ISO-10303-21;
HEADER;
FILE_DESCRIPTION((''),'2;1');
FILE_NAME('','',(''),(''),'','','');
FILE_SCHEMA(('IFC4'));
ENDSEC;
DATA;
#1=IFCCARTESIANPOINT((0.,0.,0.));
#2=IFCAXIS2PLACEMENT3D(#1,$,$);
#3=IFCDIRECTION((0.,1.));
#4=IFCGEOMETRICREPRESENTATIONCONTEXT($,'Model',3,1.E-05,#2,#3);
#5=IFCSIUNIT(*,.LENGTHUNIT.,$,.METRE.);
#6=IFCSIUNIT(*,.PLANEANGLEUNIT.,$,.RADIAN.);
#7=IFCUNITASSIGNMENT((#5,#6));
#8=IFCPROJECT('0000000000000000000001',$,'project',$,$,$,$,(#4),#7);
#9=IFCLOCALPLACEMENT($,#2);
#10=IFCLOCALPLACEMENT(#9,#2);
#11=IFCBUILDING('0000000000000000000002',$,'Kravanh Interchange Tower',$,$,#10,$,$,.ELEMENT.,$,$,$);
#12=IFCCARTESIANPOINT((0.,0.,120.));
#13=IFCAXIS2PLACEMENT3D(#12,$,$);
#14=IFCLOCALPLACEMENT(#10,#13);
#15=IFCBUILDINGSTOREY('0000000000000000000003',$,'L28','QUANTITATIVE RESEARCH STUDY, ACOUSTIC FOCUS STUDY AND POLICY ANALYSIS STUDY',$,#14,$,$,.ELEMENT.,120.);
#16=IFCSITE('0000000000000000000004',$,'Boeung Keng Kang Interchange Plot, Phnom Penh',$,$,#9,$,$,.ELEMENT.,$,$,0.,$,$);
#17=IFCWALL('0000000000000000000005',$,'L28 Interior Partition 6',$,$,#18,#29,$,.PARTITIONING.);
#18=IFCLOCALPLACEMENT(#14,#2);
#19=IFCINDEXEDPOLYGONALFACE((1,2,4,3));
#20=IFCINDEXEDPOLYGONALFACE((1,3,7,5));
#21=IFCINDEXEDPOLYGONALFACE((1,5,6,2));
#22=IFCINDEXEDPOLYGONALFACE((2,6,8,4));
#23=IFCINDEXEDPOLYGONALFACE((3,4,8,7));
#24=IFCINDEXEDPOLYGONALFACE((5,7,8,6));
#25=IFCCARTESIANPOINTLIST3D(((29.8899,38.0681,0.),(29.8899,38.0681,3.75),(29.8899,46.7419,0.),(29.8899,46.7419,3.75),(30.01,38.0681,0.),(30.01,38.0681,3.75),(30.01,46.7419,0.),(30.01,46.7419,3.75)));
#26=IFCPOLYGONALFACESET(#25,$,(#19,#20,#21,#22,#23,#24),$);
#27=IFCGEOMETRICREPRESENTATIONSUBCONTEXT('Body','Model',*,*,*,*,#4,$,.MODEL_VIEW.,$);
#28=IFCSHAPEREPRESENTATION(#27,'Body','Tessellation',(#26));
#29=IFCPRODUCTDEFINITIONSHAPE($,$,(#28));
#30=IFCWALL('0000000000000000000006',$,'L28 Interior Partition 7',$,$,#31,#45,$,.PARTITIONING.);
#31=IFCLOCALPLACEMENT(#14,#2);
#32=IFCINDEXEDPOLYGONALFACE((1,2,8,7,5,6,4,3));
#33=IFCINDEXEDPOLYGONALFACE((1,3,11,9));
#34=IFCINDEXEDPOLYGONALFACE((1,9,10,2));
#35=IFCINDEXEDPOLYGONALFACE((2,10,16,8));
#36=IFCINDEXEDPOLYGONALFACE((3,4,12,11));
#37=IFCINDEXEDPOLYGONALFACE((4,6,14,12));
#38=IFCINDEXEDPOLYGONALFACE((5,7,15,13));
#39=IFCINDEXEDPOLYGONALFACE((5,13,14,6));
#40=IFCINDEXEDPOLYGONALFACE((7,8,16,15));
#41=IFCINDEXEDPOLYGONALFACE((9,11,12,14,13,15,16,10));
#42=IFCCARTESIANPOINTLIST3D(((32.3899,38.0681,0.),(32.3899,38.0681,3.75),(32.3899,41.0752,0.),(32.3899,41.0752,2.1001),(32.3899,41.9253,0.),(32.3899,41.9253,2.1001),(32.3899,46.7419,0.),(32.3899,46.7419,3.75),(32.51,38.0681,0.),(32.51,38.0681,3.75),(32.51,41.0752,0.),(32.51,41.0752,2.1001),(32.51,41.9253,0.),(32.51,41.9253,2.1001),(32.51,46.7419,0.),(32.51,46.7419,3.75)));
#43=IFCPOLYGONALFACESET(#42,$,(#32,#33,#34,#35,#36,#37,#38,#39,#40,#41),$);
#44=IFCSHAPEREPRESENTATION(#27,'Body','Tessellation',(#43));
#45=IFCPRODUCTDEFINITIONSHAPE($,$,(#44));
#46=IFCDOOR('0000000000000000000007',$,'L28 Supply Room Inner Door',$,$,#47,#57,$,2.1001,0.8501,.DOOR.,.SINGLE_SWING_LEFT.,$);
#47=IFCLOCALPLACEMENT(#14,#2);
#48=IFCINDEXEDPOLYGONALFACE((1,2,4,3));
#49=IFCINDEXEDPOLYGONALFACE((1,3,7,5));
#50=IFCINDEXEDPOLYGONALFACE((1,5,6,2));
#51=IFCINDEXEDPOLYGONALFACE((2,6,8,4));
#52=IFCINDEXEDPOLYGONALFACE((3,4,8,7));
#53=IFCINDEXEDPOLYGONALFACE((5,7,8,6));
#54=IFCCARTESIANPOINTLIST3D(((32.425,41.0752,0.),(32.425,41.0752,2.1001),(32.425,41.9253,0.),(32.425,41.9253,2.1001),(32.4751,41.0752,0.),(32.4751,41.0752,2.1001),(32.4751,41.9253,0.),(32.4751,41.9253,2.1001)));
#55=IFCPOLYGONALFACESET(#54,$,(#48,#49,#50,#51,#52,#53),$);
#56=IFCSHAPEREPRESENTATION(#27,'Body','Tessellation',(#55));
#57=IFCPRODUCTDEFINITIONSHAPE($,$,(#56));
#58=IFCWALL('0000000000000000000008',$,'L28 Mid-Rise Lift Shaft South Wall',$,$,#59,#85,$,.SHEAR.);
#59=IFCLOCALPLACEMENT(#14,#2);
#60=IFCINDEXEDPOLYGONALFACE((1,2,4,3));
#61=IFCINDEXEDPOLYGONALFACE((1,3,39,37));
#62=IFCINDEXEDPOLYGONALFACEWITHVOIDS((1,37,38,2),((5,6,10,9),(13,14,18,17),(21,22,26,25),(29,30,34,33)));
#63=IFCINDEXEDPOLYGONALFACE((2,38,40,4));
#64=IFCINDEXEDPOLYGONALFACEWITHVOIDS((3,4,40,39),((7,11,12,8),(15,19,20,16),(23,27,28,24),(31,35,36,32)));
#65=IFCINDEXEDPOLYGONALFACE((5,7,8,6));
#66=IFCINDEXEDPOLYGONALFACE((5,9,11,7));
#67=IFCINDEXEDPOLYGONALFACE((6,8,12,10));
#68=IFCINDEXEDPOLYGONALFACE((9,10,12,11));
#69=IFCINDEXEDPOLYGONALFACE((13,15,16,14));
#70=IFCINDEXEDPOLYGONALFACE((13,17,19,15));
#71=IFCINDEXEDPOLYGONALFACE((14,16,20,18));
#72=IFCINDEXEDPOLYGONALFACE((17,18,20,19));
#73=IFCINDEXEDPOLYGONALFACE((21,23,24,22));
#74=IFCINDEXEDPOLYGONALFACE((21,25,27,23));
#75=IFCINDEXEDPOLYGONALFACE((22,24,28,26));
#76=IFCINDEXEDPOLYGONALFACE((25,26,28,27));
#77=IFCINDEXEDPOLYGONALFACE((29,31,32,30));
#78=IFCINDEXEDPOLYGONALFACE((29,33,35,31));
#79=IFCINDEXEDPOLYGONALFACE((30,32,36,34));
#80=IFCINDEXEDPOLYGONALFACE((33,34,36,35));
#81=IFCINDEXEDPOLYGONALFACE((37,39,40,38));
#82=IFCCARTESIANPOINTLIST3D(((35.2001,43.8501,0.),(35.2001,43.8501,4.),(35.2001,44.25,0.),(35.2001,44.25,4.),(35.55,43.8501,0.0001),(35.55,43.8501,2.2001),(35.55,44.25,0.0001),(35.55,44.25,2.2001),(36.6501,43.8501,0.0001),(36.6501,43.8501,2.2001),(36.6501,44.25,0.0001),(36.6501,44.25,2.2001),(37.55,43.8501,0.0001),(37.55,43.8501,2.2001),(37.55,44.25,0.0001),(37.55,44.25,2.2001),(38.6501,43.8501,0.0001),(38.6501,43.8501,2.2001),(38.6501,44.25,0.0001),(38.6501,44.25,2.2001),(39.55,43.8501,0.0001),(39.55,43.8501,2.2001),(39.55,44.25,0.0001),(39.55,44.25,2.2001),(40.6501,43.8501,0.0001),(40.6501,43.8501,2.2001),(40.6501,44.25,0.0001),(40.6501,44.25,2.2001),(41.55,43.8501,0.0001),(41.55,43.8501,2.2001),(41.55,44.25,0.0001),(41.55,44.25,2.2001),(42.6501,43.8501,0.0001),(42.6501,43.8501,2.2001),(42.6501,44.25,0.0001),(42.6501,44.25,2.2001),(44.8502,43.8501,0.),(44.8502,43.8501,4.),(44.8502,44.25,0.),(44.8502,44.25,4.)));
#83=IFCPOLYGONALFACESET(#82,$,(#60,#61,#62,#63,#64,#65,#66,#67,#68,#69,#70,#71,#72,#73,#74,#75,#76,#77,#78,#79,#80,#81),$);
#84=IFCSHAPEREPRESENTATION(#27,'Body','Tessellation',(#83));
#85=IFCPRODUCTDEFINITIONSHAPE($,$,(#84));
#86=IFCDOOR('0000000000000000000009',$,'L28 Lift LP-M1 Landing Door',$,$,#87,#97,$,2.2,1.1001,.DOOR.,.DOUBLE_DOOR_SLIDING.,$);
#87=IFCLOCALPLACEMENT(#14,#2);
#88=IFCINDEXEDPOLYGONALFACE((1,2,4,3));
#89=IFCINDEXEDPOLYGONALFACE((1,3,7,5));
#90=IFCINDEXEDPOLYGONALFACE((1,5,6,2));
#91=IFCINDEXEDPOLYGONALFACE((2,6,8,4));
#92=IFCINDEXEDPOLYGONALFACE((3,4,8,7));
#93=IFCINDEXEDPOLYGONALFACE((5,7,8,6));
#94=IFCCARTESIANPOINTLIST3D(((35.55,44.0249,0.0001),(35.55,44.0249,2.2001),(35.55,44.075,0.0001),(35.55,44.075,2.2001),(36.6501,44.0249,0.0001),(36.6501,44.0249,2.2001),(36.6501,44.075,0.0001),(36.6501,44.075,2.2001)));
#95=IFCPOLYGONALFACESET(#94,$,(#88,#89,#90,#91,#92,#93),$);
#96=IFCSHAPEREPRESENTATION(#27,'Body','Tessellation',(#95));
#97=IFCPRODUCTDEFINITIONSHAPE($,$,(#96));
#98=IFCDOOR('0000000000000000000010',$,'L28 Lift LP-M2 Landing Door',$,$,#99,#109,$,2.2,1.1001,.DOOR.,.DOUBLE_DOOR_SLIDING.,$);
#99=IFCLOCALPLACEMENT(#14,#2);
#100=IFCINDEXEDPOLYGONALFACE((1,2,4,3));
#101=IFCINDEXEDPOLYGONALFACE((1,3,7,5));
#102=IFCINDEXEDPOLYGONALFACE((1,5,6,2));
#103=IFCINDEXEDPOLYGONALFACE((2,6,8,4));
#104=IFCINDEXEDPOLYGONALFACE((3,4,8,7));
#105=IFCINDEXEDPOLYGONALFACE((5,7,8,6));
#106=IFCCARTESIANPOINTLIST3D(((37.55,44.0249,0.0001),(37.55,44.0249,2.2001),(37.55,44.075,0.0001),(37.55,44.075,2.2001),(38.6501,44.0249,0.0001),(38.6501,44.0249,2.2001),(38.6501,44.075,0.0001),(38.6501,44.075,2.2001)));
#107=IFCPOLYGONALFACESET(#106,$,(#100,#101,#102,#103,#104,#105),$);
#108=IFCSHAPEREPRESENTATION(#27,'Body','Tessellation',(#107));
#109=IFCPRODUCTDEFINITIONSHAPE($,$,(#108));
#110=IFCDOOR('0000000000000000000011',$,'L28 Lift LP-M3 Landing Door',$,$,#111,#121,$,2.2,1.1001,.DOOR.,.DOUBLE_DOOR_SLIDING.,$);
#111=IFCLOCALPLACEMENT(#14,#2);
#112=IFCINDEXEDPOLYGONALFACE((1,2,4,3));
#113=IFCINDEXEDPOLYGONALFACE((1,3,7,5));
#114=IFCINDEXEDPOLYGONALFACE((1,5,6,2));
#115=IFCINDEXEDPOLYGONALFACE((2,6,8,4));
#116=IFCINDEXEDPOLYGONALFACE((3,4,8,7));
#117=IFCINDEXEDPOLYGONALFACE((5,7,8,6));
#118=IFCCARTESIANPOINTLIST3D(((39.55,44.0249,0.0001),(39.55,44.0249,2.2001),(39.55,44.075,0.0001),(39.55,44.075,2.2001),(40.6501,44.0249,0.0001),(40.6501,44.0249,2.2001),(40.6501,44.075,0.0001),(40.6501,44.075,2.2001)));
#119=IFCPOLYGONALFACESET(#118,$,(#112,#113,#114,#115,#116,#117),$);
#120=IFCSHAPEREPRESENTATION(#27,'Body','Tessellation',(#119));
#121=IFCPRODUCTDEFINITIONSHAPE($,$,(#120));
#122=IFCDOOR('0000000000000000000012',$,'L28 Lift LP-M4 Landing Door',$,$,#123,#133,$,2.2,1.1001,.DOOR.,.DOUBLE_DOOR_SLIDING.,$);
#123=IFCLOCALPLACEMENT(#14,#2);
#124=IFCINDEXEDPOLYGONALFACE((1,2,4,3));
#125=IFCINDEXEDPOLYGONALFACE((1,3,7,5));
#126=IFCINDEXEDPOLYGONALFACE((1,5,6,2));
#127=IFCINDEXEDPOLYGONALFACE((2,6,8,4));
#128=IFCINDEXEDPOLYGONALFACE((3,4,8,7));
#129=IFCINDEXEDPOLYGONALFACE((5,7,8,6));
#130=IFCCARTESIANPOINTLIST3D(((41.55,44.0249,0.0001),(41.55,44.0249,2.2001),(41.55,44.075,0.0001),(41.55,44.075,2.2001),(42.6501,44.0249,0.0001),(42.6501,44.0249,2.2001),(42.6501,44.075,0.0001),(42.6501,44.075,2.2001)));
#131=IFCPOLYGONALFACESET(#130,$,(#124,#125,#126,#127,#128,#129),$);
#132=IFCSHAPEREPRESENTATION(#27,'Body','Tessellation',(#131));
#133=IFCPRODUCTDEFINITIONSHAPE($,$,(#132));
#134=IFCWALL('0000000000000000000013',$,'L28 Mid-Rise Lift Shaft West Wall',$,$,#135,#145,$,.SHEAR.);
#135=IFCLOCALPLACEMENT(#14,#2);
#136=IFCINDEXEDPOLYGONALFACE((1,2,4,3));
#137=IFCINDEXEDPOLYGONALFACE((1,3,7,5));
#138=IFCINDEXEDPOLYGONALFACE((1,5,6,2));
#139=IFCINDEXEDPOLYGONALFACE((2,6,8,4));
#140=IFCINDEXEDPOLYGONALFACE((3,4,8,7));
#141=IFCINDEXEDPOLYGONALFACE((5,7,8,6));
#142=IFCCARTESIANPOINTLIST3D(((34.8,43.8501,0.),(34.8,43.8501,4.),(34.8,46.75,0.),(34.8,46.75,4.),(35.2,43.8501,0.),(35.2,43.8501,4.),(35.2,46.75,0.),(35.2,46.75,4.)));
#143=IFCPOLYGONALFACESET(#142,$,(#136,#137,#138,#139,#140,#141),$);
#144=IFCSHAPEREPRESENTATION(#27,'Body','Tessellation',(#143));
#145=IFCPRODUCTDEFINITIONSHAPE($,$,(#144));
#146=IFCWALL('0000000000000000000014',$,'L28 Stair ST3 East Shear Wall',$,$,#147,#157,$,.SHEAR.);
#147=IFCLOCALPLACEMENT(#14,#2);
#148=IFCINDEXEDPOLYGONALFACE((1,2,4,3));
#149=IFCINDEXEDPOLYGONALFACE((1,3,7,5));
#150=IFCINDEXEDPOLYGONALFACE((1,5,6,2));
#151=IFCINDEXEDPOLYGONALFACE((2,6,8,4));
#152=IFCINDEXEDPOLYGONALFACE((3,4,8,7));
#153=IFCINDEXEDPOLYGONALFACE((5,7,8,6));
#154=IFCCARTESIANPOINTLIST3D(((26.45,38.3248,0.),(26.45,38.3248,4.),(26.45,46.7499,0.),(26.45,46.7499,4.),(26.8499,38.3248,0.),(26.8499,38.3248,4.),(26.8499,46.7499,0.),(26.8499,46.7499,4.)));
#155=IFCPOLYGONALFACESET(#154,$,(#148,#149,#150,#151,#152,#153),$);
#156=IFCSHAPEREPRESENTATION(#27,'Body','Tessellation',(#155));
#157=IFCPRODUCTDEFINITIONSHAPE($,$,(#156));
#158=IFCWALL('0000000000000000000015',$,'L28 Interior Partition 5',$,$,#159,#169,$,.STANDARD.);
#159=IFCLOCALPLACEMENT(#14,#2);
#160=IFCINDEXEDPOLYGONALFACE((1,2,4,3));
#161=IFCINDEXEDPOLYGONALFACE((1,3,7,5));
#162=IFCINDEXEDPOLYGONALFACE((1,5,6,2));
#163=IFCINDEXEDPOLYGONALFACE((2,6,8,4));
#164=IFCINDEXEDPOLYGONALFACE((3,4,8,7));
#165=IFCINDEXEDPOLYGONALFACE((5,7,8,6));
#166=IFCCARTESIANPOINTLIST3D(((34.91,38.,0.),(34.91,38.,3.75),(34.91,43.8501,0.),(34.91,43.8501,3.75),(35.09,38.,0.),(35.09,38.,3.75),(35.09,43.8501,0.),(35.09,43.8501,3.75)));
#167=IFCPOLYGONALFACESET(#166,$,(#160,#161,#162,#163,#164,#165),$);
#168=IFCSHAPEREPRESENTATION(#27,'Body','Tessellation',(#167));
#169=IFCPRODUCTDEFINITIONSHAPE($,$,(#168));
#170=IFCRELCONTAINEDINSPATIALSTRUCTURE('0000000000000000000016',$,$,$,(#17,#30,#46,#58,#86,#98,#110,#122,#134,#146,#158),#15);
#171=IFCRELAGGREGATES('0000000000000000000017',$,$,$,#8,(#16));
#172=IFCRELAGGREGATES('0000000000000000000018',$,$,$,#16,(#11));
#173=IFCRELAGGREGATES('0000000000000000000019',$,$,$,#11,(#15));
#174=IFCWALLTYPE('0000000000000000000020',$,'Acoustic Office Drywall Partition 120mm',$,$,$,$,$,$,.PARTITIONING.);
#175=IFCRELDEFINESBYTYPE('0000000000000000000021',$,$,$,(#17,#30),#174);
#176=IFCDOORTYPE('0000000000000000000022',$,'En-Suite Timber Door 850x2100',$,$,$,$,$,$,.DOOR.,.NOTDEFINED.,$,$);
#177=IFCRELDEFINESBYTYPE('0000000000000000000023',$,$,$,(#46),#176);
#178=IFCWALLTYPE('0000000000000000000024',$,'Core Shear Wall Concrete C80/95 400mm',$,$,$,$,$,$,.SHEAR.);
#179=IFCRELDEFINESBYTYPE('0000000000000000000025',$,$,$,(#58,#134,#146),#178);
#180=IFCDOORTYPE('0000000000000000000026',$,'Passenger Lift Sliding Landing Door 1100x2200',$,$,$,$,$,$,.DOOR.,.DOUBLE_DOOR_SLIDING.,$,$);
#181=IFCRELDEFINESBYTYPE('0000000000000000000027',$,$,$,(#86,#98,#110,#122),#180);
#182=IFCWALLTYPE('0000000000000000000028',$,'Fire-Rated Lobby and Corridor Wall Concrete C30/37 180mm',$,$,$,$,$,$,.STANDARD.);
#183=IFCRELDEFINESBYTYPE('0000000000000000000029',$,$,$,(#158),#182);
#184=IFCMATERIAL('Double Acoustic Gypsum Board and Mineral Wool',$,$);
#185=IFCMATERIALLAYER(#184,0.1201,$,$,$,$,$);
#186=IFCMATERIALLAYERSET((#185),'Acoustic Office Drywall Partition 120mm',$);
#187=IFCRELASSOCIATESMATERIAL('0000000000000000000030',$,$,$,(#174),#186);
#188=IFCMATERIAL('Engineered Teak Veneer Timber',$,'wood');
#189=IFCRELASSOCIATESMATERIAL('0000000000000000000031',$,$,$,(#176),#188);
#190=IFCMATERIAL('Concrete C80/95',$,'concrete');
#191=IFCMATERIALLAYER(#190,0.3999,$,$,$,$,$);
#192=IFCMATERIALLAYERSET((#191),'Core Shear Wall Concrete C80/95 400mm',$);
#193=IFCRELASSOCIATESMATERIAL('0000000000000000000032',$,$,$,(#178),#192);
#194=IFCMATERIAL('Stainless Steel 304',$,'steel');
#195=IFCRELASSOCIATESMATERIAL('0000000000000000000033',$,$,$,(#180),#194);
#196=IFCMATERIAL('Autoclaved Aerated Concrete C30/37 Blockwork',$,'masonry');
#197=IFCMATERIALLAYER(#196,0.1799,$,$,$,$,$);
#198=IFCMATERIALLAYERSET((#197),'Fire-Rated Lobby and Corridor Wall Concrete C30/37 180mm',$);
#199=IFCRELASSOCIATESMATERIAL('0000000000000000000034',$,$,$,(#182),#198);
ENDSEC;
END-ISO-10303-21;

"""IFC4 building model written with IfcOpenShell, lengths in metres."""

from ifc_helpers import new_model, si_unit, direction, frame, frame_2d, origin, place, context, subcontext, project, spatial, rectangle, extrude, material, layer, layer_set, type_object, element, fill, save


model = new_model("IFC4")

# Units and contexts
model_context = context("Model", 3, precision=1e-05, world=origin(), true_north=direction((0.0, 1.0)))
body_context = subcontext(model_context, "Body", "Model", "MODEL_VIEW")
ifc_project = project(units=[si_unit("LENGTHUNIT", "METRE"), si_unit("PLANEANGLEUNIT", "RADIAN")], contexts=[model_context])

# Site, building, storey
site_placement = place(None, origin())
site = spatial("IfcSite", under=ifc_project, at=site_placement, Name="Boeung Keng Kang Interchange Plot, Phnom Penh", CompositionType="ELEMENT", RefElevation=0.0)
building_placement = place(site_placement, origin())
building = spatial("IfcBuilding", under=site, at=building_placement, Name="Kravanh Interchange Tower", CompositionType="ELEMENT")
storey_placement = place(building_placement, frame((0.0, 0.0, 120.0)))
storey = spatial("IfcBuildingStorey", under=building, at=storey_placement, Name="L28", Description="QUANTITATIVE RESEARCH STUDY, ACOUSTIC FOCUS STUDY AND POLICY ANALYSIS STUDY", CompositionType="ELEMENT", Elevation=120.0)

# Wall
ifc_material_1 = material(Name="Double Acoustic Gypsum Board and Mineral Wool")
ifc_layer_1 = layer(ifc_material_1, 0.1201)
ifc_layer_set_1 = layer_set([ifc_layer_1], Name="Acoustic Office Drywall Partition 120mm")
wall_type_1 = type_object("IfcWallType", Name="Acoustic Office Drywall Partition 120mm", PredefinedType="PARTITIONING", material=ifc_layer_set_1)
wall_1_placement = place(storey_placement, frame((29.95, 38.0681, 0.0), z_axis=(0.0, 0.0, 1.0), x_axis=(0.0, 1.0, 0.0)))
element("IfcWall", 1, at=wall_1_placement, inside=storey, type_object=wall_type_1, Name="L28 Interior Partition 6", PredefinedType="PARTITIONING", context=body_context, shape_type="SweptSolid", body=[
    extrude(rectangle(XDim=8.6738, YDim=0.1201, at=frame_2d((4.3369, 0.0))), origin(), (0.0, 0.0, 1.0), 3.75),
])

# Wall, opening, door
wall_2_placement = place(storey_placement, frame((32.45, 38.0681, 0.0), z_axis=(0.0, 0.0, 1.0), x_axis=(0.0, 1.0, 0.0)))
wall_2 = element("IfcWall", 2, at=wall_2_placement, inside=storey, type_object=wall_type_1, Name="L28 Interior Partition 7", PredefinedType="PARTITIONING", context=body_context, shape_type="SweptSolid", body=[
    extrude(rectangle(XDim=8.6738, YDim=0.1201, at=frame_2d((4.3369, 0.0))), origin(), (0.0, 0.0, 1.0), 3.75),
])
opening_1_placement = place(wall_2_placement, frame((3.0071, 0.0, 0.0)))
opening_1 = element("IfcOpeningElement", 3, at=opening_1_placement, cuts=wall_2, PredefinedType="OPENING", context=body_context, shape_type="SweptSolid", body=[
    extrude(rectangle(XDim=0.8501, YDim=2.1001, at=frame_2d((0.425, 1.05))), frame((0.0, 0.0701, 0.0), z_axis=(0.0, -1.0, 0.0), x_axis=(1.0, 0.0, 0.0)), (0.0, 0.0, 1.0), 0.1401),
])
ifc_material_2 = material(Name="Engineered Teak Veneer Timber", Category="wood")
door_type_1 = type_object("IfcDoorType", Name="En-Suite Timber Door 850x2100", OperationType="NOTDEFINED", PredefinedType="DOOR", material=ifc_material_2)
door_1_placement = place(opening_1_placement, origin())
door_1 = element("IfcDoor", 4, at=door_1_placement, inside=storey, type_object=door_type_1, Name="L28 Supply Room Inner Door", OperationType="SINGLE_SWING_LEFT", OverallHeight=2.1001, OverallWidth=0.8501, PredefinedType="DOOR", context=body_context, shape_type="SweptSolid", body=[
    extrude(rectangle(XDim=0.8501, YDim=2.1001, at=frame_2d((0.425, 1.05))), frame((0.0, 0.0249, 0.0), z_axis=(0.0, -1.0, 0.0), x_axis=(1.0, 0.0, 0.0)), (0.0, 0.0, 1.0), 0.05),
])
fill(opening_1, door_1)

# Wall, openings, doors
ifc_material_3 = material(Name="Concrete C80/95", Category="concrete")
ifc_layer_2 = layer(ifc_material_3, 0.3999)
ifc_layer_set_2 = layer_set([ifc_layer_2], Name="Core Shear Wall Concrete C80/95 400mm")
wall_type_2 = type_object("IfcWallType", Name="Core Shear Wall Concrete C80/95 400mm", PredefinedType="SHEAR", material=ifc_layer_set_2)
wall_3_placement = place(storey_placement, frame((35.2, 44.05, 0.0), z_axis=(0.0, 0.0, 1.0), x_axis=(1.0, 0.0, 0.0)))
wall_3 = element("IfcWall", 5, at=wall_3_placement, inside=storey, type_object=wall_type_2, Name="L28 Mid-Rise Lift Shaft South Wall", PredefinedType="SHEAR", context=body_context, shape_type="SweptSolid", body=[
    extrude(rectangle(XDim=9.6501, YDim=0.3999, at=frame_2d((4.8252, 0.0))), origin(), (0.0, 0.0, 1.0), 4.0),
])
opening_2_placement = place(wall_3_placement, frame((0.3501, 0.0, 0.0)))
opening_2 = element("IfcOpeningElement", 6, at=opening_2_placement, cuts=wall_3, PredefinedType="OPENING", context=body_context, shape_type="SweptSolid", body=[
    extrude(rectangle(XDim=1.1001, YDim=2.2, at=frame_2d((0.55, 1.1001))), frame((0.0, 0.21, 0.0), z_axis=(0.0, -1.0, 0.0), x_axis=(1.0, 0.0, 0.0)), (0.0, 0.0, 1.0), 0.4199),
])
opening_3_placement = place(wall_3_placement, frame((2.3501, 0.0, 0.0)))
opening_3 = element("IfcOpeningElement", 7, at=opening_3_placement, cuts=wall_3, PredefinedType="OPENING", context=body_context, shape_type="SweptSolid", body=[
    extrude(rectangle(XDim=1.1001, YDim=2.2, at=frame_2d((0.55, 1.1001))), frame((0.0, 0.21, 0.0), z_axis=(0.0, -1.0, 0.0), x_axis=(1.0, 0.0, 0.0)), (0.0, 0.0, 1.0), 0.4199),
])
opening_4_placement = place(wall_3_placement, frame((4.3501, 0.0, 0.0)))
opening_4 = element("IfcOpeningElement", 8, at=opening_4_placement, cuts=wall_3, PredefinedType="OPENING", context=body_context, shape_type="SweptSolid", body=[
    extrude(rectangle(XDim=1.1001, YDim=2.2, at=frame_2d((0.55, 1.1001))), frame((0.0, 0.21, 0.0), z_axis=(0.0, -1.0, 0.0), x_axis=(1.0, 0.0, 0.0)), (0.0, 0.0, 1.0), 0.4199),
])
opening_5_placement = place(wall_3_placement, frame((6.3501, 0.0, 0.0)))
opening_5 = element("IfcOpeningElement", 9, at=opening_5_placement, cuts=wall_3, PredefinedType="OPENING", context=body_context, shape_type="SweptSolid", body=[
    extrude(rectangle(XDim=1.1001, YDim=2.2, at=frame_2d((0.55, 1.1001))), frame((0.0, 0.21, 0.0), z_axis=(0.0, -1.0, 0.0), x_axis=(1.0, 0.0, 0.0)), (0.0, 0.0, 1.0), 0.4199),
])
ifc_material_4 = material(Name="Stainless Steel 304", Category="steel")
door_type_2 = type_object("IfcDoorType", Name="Passenger Lift Sliding Landing Door 1100x2200", OperationType="DOUBLE_DOOR_SLIDING", PredefinedType="DOOR", material=ifc_material_4)
door_2_placement = place(opening_2_placement, origin())
door_2 = element("IfcDoor", 10, at=door_2_placement, inside=storey, type_object=door_type_2, Name="L28 Lift LP-M1 Landing Door", OperationType="DOUBLE_DOOR_SLIDING", OverallHeight=2.2, OverallWidth=1.1001, PredefinedType="DOOR", context=body_context, shape_type="SweptSolid", body=[
    extrude(rectangle(XDim=1.1001, YDim=2.2, at=frame_2d((0.55, 1.1001))), frame((0.0, 0.0249, 0.0), z_axis=(0.0, -1.0, 0.0), x_axis=(1.0, 0.0, 0.0)), (0.0, 0.0, 1.0), 0.05),
])
fill(opening_2, door_2)
door_3_placement = place(opening_3_placement, origin())
door_3 = element("IfcDoor", 11, at=door_3_placement, inside=storey, type_object=door_type_2, Name="L28 Lift LP-M2 Landing Door", OperationType="DOUBLE_DOOR_SLIDING", OverallHeight=2.2, OverallWidth=1.1001, PredefinedType="DOOR", context=body_context, shape_type="SweptSolid", body=[
    extrude(rectangle(XDim=1.1001, YDim=2.2, at=frame_2d((0.55, 1.1001))), frame((0.0, 0.0249, 0.0), z_axis=(0.0, -1.0, 0.0), x_axis=(1.0, 0.0, 0.0)), (0.0, 0.0, 1.0), 0.05),
])
fill(opening_3, door_3)
door_4_placement = place(opening_4_placement, origin())
door_4 = element("IfcDoor", 12, at=door_4_placement, inside=storey, type_object=door_type_2, Name="L28 Lift LP-M3 Landing Door", OperationType="DOUBLE_DOOR_SLIDING", OverallHeight=2.2, OverallWidth=1.1001, PredefinedType="DOOR", context=body_context, shape_type="SweptSolid", body=[
    extrude(rectangle(XDim=1.1001, YDim=2.2, at=frame_2d((0.55, 1.1001))), frame((0.0, 0.0249, 0.0), z_axis=(0.0, -1.0, 0.0), x_axis=(1.0, 0.0, 0.0)), (0.0, 0.0, 1.0), 0.05),
])
fill(opening_4, door_4)
door_5_placement = place(opening_5_placement, origin())
door_5 = element("IfcDoor", 13, at=door_5_placement, inside=storey, type_object=door_type_2, Name="L28 Lift LP-M4 Landing Door", OperationType="DOUBLE_DOOR_SLIDING", OverallHeight=2.2, OverallWidth=1.1001, PredefinedType="DOOR", context=body_context, shape_type="SweptSolid", body=[
    extrude(rectangle(XDim=1.1001, YDim=2.2, at=frame_2d((0.55, 1.1001))), frame((0.0, 0.0249, 0.0), z_axis=(0.0, -1.0, 0.0), x_axis=(1.0, 0.0, 0.0)), (0.0, 0.0, 1.0), 0.05),
])
fill(opening_5, door_5)

# Walls
wall_4_placement = place(storey_placement, frame((35.0, 43.8501, 0.0), z_axis=(0.0, 0.0, 1.0), x_axis=(0.0, 1.0, 0.0)))
element("IfcWall", 14, at=wall_4_placement, inside=storey, type_object=wall_type_2, Name="L28 Mid-Rise Lift Shaft West Wall", PredefinedType="SHEAR", context=body_context, shape_type="SweptSolid", body=[
    extrude(rectangle(XDim=2.8999, YDim=0.3999, at=frame_2d((1.45, 0.0))), origin(), (0.0, 0.0, 1.0), 4.0),
])
wall_5_placement = place(storey_placement, frame((26.6499, 38.325, 0.0), z_axis=(0.0, 0.0, 1.0), x_axis=(0.0, 1.0, 0.0)))
element("IfcWall", 15, at=wall_5_placement, inside=storey, type_object=wall_type_2, Name="L28 Stair ST3 East Shear Wall", PredefinedType="SHEAR", context=body_context, shape_type="SweptSolid", body=[
    extrude(rectangle(XDim=8.425, YDim=0.3999, at=frame_2d((4.2124, 0.0))), origin(), (0.0, 0.0, 1.0), 4.0),
])
ifc_material_5 = material(Name="Autoclaved Aerated Concrete C30/37 Blockwork", Category="masonry")
ifc_layer_3 = layer(ifc_material_5, 0.1799)
ifc_layer_set_3 = layer_set([ifc_layer_3], Name="Fire-Rated Lobby and Corridor Wall Concrete C30/37 180mm")
wall_type_3 = type_object("IfcWallType", Name="Fire-Rated Lobby and Corridor Wall Concrete C30/37 180mm", PredefinedType="STANDARD", material=ifc_layer_set_3)
wall_6_placement = place(storey_placement, frame((35.0, 38.0, 0.0), z_axis=(0.0, 0.0, 1.0), x_axis=(0.0, 1.0, 0.0)))
element("IfcWall", 16, at=wall_6_placement, inside=storey, type_object=wall_type_3, Name="L28 Interior Partition 5", PredefinedType="STANDARD", context=body_context, shape_type="SweptSolid", body=[
    extrude(rectangle(XDim=5.8501, YDim=0.1799, at=frame_2d((2.925, 0.0))), origin(), (0.0, 0.0, 1.0), 3.75),
])

save(model, "model.ifc")
